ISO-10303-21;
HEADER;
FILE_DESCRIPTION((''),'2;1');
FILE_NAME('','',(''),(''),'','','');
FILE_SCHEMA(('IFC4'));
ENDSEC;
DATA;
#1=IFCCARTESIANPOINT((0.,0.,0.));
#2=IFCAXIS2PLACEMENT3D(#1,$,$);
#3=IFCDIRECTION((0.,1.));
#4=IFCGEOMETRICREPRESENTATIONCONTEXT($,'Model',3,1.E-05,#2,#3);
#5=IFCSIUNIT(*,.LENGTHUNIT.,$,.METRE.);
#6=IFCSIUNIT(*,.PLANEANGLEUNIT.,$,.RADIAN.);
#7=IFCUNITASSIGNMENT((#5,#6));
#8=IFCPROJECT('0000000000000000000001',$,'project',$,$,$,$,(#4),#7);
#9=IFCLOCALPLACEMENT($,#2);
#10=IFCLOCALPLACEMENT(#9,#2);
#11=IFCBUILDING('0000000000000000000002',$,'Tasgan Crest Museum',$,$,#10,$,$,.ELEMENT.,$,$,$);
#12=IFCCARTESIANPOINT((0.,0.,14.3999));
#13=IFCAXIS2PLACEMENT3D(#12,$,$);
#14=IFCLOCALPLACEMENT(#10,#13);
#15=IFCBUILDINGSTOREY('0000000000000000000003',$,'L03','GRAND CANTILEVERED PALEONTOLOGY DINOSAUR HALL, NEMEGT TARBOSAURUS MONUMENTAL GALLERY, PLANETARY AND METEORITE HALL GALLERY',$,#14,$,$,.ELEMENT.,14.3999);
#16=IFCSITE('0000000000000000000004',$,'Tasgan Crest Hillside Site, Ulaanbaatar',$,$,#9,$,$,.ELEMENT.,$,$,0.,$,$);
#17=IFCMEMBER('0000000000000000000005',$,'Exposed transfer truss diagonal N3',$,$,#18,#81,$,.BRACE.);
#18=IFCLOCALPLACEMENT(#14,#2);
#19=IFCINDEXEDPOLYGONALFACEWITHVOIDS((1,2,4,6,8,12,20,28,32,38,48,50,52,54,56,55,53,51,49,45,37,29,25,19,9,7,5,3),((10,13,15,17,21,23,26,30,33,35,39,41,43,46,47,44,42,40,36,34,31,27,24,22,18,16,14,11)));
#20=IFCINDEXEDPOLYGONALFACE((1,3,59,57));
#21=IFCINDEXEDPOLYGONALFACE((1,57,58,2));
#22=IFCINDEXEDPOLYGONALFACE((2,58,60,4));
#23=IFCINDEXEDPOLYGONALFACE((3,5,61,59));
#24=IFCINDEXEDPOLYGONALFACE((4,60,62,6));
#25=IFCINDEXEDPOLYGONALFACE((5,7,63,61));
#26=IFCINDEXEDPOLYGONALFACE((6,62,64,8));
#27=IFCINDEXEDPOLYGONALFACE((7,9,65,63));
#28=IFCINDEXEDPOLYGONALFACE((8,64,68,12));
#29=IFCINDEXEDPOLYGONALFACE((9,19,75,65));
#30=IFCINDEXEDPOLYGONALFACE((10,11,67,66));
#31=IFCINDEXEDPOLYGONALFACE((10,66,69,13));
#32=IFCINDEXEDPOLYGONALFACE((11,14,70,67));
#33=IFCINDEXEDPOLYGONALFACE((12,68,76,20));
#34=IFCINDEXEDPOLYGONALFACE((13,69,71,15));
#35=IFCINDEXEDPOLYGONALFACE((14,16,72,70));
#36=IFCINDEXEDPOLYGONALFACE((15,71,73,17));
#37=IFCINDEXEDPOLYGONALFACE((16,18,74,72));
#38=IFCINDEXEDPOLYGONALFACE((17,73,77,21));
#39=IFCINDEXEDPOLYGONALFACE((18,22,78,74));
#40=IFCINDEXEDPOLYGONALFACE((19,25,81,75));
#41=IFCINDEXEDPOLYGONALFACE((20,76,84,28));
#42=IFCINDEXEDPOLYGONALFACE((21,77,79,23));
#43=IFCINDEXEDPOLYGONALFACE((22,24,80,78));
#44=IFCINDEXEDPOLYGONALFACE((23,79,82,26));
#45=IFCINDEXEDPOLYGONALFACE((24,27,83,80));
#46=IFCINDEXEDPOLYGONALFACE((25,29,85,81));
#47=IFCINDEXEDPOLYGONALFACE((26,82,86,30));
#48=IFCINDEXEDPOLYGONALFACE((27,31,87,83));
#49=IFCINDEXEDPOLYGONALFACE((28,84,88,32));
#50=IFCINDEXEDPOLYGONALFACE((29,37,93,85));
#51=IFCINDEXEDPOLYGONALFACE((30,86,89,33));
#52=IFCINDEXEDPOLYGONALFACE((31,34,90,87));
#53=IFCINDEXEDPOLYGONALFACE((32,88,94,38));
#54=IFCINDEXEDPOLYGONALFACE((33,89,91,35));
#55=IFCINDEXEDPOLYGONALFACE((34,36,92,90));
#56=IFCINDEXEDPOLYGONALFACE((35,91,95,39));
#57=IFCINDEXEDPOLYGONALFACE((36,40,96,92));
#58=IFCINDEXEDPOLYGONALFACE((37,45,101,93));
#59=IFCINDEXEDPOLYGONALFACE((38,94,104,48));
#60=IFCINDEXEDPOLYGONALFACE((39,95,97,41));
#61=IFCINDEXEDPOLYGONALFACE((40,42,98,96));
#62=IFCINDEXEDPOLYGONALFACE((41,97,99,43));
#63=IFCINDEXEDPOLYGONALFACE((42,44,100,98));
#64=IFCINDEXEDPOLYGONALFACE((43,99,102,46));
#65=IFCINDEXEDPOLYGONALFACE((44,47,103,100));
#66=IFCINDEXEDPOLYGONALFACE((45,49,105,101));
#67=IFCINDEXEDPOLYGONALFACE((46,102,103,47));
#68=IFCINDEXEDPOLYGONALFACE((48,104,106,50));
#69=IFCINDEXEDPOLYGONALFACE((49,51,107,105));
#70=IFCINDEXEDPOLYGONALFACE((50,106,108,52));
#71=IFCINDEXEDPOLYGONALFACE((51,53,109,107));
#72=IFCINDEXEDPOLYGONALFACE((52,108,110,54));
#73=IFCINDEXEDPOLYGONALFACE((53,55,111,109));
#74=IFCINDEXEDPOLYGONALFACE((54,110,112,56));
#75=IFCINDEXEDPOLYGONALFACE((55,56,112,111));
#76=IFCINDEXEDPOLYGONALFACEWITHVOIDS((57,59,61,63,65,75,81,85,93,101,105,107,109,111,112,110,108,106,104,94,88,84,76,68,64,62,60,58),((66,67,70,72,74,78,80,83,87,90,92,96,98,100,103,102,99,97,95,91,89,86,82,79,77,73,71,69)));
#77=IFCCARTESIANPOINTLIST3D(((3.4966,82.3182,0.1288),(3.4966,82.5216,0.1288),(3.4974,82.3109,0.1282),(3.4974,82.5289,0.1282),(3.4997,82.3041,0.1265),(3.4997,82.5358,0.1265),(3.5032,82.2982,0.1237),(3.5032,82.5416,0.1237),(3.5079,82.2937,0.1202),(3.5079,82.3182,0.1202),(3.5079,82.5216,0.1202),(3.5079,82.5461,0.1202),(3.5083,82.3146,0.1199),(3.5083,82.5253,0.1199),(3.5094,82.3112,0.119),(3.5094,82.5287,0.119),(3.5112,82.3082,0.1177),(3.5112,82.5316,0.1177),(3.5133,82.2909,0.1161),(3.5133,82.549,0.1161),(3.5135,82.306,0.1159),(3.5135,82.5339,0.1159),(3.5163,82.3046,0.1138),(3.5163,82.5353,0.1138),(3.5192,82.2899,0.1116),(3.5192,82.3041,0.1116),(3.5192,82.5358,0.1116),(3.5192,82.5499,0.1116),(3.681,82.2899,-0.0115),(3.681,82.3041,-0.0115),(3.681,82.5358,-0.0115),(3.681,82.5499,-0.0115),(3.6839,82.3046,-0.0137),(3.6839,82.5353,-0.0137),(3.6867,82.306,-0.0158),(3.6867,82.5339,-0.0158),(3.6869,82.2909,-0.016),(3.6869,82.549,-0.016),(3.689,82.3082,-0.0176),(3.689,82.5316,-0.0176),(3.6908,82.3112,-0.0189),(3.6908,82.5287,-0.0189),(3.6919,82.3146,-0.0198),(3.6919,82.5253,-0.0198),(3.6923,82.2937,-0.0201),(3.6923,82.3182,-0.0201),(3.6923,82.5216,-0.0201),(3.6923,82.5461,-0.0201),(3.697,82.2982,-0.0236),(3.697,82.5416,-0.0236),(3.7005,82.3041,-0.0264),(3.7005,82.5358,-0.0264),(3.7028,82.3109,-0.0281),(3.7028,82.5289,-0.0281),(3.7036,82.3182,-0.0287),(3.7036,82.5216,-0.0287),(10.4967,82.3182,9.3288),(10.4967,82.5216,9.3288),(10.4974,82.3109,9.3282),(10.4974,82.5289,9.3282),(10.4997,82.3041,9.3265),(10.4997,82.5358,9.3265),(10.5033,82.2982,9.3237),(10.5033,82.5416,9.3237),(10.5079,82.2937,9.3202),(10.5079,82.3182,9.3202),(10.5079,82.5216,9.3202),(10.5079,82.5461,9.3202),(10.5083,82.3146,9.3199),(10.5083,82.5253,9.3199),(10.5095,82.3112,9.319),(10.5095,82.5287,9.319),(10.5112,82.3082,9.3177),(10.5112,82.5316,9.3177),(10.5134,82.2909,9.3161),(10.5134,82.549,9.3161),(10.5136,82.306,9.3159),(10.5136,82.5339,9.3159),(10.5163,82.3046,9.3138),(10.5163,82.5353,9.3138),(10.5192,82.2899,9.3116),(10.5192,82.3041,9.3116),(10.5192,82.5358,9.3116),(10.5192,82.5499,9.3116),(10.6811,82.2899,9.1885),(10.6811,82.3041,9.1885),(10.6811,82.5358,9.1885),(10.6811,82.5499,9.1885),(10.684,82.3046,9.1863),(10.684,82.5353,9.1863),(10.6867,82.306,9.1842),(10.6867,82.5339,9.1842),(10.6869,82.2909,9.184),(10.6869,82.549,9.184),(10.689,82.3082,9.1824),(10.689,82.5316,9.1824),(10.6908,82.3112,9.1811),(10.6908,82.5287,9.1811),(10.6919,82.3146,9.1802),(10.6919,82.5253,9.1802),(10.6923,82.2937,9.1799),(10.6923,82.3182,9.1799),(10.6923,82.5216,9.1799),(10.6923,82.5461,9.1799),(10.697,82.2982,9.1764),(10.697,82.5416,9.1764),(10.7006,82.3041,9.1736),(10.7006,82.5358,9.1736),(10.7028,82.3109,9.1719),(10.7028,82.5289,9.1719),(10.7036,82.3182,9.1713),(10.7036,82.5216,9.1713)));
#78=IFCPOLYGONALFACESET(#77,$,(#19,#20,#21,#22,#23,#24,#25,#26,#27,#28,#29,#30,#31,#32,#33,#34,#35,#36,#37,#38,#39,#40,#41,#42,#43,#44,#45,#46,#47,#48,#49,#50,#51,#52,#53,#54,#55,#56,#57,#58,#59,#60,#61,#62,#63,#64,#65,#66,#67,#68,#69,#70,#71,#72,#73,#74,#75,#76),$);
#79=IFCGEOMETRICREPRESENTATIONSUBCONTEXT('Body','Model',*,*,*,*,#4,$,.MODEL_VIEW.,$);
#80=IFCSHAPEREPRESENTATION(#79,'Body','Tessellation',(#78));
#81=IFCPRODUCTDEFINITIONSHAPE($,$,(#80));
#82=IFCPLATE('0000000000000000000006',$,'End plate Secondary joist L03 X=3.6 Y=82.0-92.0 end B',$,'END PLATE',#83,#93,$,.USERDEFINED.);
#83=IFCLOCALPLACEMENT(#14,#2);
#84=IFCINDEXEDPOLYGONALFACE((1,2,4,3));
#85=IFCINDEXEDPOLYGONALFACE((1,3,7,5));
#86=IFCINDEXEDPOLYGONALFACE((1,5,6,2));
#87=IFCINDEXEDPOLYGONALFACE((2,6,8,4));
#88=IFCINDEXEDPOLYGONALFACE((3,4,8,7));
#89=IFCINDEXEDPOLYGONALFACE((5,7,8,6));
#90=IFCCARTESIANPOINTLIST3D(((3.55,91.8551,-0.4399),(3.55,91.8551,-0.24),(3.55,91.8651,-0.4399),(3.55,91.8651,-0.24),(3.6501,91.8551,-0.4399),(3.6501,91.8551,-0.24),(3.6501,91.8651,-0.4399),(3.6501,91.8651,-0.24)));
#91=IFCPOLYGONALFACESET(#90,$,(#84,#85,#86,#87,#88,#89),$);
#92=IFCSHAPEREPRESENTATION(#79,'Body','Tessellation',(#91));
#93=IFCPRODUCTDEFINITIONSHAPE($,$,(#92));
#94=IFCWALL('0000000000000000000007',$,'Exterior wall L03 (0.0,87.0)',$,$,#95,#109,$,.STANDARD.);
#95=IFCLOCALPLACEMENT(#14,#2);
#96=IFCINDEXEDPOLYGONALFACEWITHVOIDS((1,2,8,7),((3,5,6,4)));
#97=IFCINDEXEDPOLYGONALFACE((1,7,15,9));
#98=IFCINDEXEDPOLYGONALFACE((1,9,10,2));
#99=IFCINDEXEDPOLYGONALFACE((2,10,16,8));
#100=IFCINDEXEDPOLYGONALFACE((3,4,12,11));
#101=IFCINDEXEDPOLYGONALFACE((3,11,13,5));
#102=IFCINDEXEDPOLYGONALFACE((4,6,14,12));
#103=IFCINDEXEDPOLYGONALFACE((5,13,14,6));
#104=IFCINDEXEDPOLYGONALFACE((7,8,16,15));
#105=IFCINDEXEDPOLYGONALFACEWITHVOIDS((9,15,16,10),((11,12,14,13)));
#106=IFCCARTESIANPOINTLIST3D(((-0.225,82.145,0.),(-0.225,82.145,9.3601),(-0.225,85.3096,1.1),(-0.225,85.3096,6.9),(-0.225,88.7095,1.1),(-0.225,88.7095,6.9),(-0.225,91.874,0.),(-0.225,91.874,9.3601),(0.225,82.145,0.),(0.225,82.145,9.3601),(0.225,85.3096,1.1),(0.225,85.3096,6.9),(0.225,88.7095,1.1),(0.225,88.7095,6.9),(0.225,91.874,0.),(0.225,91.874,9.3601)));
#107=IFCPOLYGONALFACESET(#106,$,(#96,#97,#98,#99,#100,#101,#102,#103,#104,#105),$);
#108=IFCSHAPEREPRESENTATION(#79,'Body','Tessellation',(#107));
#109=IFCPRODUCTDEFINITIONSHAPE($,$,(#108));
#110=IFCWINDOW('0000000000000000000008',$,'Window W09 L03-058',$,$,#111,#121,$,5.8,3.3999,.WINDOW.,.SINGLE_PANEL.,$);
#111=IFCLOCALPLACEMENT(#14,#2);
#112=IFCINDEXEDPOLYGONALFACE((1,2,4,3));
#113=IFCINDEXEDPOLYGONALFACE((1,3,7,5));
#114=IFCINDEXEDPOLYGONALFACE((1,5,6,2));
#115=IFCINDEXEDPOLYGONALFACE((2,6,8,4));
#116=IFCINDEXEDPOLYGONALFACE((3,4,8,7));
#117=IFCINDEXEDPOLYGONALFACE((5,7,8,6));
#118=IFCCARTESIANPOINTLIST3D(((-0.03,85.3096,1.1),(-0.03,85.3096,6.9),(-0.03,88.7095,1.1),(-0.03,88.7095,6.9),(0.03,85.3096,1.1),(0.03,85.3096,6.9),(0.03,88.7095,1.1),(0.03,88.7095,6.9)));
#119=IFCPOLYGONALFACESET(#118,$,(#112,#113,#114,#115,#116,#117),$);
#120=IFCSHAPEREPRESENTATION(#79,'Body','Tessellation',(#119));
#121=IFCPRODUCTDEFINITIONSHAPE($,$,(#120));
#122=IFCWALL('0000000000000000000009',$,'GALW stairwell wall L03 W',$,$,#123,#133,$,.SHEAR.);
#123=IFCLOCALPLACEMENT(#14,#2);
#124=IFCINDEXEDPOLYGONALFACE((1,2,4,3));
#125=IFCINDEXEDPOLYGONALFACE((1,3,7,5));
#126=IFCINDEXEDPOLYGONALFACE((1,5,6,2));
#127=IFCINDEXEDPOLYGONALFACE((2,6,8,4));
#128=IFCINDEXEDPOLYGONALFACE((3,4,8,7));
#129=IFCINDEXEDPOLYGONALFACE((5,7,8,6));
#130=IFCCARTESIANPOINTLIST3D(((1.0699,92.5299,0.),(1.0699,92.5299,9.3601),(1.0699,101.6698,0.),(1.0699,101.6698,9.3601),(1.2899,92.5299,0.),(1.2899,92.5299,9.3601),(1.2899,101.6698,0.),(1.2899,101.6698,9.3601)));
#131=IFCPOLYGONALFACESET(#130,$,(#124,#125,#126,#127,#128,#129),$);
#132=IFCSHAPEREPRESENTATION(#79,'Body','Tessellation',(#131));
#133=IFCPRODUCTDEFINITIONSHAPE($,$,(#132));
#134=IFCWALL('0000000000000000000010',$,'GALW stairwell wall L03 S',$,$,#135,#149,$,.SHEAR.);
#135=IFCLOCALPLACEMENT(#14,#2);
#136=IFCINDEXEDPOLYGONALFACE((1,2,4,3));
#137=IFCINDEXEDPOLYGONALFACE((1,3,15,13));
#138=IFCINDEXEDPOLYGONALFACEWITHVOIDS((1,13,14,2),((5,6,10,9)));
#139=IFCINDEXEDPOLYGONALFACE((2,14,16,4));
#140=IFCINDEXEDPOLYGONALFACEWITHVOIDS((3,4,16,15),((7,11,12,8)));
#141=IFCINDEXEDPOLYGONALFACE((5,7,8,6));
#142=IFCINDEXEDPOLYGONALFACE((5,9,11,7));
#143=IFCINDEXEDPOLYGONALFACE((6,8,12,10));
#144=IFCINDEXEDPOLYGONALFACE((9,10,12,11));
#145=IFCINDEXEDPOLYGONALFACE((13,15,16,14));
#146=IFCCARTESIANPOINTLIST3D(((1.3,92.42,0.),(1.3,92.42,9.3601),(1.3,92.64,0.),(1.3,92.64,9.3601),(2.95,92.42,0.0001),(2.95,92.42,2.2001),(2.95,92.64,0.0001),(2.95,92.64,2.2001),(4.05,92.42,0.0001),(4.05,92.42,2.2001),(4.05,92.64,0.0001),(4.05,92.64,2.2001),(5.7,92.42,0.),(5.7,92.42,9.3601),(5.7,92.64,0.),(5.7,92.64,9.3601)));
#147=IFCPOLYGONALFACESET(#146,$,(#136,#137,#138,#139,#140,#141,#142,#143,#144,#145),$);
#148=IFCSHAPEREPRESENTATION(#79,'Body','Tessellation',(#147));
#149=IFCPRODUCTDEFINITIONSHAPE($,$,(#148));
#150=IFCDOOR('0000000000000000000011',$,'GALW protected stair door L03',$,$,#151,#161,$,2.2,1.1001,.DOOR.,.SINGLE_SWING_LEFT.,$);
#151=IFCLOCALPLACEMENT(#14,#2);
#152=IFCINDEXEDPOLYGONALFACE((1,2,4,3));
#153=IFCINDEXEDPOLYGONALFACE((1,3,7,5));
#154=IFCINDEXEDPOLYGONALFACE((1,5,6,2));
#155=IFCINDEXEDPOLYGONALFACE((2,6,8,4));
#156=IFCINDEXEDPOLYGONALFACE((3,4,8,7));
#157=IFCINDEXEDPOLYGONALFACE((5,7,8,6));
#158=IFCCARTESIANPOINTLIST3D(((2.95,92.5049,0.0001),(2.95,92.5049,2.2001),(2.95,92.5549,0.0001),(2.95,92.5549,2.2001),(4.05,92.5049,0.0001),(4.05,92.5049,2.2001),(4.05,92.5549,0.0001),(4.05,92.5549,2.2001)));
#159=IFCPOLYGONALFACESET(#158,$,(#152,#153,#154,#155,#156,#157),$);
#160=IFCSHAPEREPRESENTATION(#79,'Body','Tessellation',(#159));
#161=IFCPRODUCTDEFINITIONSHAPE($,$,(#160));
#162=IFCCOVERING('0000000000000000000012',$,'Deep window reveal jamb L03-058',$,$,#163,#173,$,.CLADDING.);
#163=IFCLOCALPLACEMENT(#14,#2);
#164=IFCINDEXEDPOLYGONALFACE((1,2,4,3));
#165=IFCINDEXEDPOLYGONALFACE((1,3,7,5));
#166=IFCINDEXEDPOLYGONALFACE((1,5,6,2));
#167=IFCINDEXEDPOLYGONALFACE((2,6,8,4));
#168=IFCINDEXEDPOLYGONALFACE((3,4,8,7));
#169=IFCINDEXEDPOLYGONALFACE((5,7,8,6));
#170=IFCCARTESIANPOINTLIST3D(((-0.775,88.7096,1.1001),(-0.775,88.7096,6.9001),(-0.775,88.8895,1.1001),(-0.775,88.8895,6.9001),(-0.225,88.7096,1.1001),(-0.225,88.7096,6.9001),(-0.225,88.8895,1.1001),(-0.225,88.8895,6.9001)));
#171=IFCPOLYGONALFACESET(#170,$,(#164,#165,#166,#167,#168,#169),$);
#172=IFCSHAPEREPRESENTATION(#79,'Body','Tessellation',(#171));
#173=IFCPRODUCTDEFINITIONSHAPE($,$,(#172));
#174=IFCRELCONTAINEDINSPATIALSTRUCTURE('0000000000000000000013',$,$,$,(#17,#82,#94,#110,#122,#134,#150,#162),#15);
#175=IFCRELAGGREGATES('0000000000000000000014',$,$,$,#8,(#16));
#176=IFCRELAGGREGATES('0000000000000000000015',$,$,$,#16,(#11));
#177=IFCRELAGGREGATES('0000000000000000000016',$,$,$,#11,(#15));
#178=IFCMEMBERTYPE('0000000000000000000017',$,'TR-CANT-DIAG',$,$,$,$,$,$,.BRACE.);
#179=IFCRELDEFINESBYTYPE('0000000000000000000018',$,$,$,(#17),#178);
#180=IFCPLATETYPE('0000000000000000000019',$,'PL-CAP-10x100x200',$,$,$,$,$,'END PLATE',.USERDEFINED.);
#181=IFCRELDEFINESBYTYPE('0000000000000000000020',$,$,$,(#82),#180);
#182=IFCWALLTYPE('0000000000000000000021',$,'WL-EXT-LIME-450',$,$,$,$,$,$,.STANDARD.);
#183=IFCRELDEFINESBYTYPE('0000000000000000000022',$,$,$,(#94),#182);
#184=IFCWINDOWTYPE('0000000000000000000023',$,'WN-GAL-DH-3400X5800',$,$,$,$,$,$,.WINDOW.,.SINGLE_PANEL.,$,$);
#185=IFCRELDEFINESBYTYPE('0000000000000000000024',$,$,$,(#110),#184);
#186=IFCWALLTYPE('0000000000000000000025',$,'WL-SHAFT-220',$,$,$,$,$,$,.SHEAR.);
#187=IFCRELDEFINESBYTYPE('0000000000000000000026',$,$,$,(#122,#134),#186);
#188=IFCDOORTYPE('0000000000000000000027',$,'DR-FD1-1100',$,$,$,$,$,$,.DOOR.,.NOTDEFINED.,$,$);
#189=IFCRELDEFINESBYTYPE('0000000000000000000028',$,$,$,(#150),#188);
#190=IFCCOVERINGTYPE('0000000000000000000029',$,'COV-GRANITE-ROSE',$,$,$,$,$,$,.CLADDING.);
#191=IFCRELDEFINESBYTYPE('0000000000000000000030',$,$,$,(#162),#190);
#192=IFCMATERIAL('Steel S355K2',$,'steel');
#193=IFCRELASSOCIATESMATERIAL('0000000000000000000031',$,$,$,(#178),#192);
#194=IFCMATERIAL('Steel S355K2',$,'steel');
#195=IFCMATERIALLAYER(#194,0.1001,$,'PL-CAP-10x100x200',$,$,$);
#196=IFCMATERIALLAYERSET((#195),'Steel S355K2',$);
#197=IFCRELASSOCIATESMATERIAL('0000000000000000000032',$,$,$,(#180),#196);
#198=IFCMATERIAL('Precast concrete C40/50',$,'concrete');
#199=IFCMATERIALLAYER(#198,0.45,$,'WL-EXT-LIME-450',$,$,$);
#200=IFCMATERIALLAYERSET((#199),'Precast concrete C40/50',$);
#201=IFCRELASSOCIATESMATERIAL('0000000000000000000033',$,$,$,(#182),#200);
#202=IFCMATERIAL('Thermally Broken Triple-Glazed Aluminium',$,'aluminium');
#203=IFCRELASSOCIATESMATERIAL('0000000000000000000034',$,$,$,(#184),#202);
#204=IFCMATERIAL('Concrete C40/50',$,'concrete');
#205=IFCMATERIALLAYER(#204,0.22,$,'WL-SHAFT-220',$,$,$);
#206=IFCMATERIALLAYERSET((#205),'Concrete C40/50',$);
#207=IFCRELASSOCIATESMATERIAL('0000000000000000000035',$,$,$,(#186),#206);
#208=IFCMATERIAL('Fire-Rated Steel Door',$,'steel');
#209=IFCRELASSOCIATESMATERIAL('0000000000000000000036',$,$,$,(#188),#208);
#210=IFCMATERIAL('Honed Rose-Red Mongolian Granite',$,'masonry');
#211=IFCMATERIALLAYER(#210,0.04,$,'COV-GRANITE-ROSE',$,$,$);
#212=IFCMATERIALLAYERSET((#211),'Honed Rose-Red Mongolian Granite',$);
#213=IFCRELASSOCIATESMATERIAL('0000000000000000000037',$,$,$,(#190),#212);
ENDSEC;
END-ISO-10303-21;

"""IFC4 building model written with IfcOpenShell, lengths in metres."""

from ifc_helpers import new_model, si_unit, direction, frame, frame_2d, origin, origin_2d, place, context, subcontext, project, spatial, rectangle, hollow_rectangle, extrude, material, layer, layer_set, material_profile, profile_set, type_object, element, fill, save


model = new_model("IFC4")

# Units and contexts
model_context = context("Model", 3, precision=1e-05, world=origin(), true_north=direction((0.0, 1.0)))
body_context = subcontext(model_context, "Body", "Model", "MODEL_VIEW")
ifc_project = project(units=[si_unit("LENGTHUNIT", "METRE"), si_unit("PLANEANGLEUNIT", "RADIAN")], contexts=[model_context])

# Site, building, storey
site_placement = place(None, origin())
site = spatial("IfcSite", under=ifc_project, at=site_placement, Name="Tasgan Crest Hillside Site, Ulaanbaatar", CompositionType="ELEMENT", RefElevation=0.0)
building_placement = place(site_placement, origin())
building = spatial("IfcBuilding", under=site, at=building_placement, Name="Tasgan Crest Museum", CompositionType="ELEMENT")
storey_placement = place(building_placement, frame((0.0, 0.0, 14.3999)))
storey = spatial("IfcBuildingStorey", under=building, at=storey_placement, Name="L03", Description="GRAND CANTILEVERED PALEONTOLOGY DINOSAUR HALL, NEMEGT TARBOSAURUS MONUMENTAL GALLERY, PLANETARY AND METEORITE HALL GALLERY", CompositionType="ELEMENT", Elevation=14.3999)

# Member
ifc_material_1 = material(Name="Steel S355K2", Category="steel")
ifc_material_profile_1 = material_profile(ifc_material_1, hollow_rectangle(XDim=0.26, YDim=0.26, WallThickness=0.0142, InnerFilletRadius=0.0142, OuterFilletRadius=0.0283, at=origin_2d()), Name="SHS 260x260x14.2")
ifc_profile_set_1 = profile_set([ifc_material_profile_1], Name="Steel S355K2")
member_type = type_object("IfcMemberType", Name="TR-CANT-DIAG", PredefinedType="BRACE", material=ifc_profile_set_1)
member_placement = place(storey_placement, frame((3.6001, 82.4199, 0.05), z_axis=(0.605524, 0.0, 0.795827), x_axis=(0.0, 1.0, 0.0)))
element("IfcMember", 1, at=member_placement, inside=storey, type_object=member_type, Name="Exposed transfer truss diagonal N3", PredefinedType="BRACE", context=body_context, shape_type="SweptSolid", body=[
    extrude(hollow_rectangle(XDim=0.26, YDim=0.26, WallThickness=0.0142, InnerFilletRadius=0.0142, OuterFilletRadius=0.0283, at=origin_2d()), origin(), (0.0, 0.0, 1.0), 11.5603),
])

# Plate
ifc_material_2 = material(Name="Steel S355K2", Category="steel")
ifc_layer_1 = layer(ifc_material_2, 0.1001, Name="PL-CAP-10x100x200")
ifc_layer_set_1 = layer_set([ifc_layer_1], Name="Steel S355K2")
plate_type = type_object("IfcPlateType", Name="PL-CAP-10x100x200", ElementType="END PLATE", PredefinedType="USERDEFINED", material=ifc_layer_set_1)
plate_placement = place(storey_placement, frame((3.6001, 91.8601, -0.4399), z_axis=(0.0, 0.0, 1.0), x_axis=(0.0, 1.0, 0.0)))
element("IfcPlate", 2, at=plate_placement, inside=storey, type_object=plate_type, Name="End plate Secondary joist L03 X=3.6 Y=82.0-92.0 end B", ObjectType="END PLATE", PredefinedType="USERDEFINED", context=body_context, shape_type="SweptSolid", body=[
    extrude(rectangle(XDim=0.01, YDim=0.1001, at=origin_2d()), origin(), (0.0, 0.0, 1.0), 0.2),
])

# Wall, opening, window
ifc_material_3 = material(Name="Precast concrete C40/50", Category="concrete")
ifc_layer_2 = layer(ifc_material_3, 0.45, Name="WL-EXT-LIME-450")
ifc_layer_set_2 = layer_set([ifc_layer_2], Name="Precast concrete C40/50")
wall_type_1 = type_object("IfcWallType", Name="WL-EXT-LIME-450", PredefinedType="STANDARD", material=ifc_layer_set_2)
wall_1_placement = place(storey_placement, frame((0.0, 91.874, 0.0), z_axis=(0.0, 0.0, 1.0), x_axis=(0.0, -1.0, 0.0)))
wall_1 = element("IfcWall", 3, at=wall_1_placement, inside=storey, type_object=wall_type_1, Name="Exterior wall L03 (0.0,87.0)", PredefinedType="STANDARD", context=body_context, shape_type="SweptSolid", body=[
    extrude(rectangle(XDim=9.729, YDim=0.45, at=frame_2d((4.8645, 0.0))), origin(), (0.0, 0.0, 1.0), 9.3601),
])
opening_1_placement = place(wall_1_placement, frame((3.1646, 0.0, 1.1001)))
opening_1 = element("IfcOpeningElement", 4, at=opening_1_placement, cuts=wall_1, PredefinedType="OPENING", context=body_context, shape_type="SweptSolid", body=[
    extrude(rectangle(XDim=3.3999, YDim=5.8, at=frame_2d((1.7, 2.8999))), frame((0.0, 0.2349, 0.0), z_axis=(0.0, -1.0, 0.0), x_axis=(1.0, 0.0, 0.0)), (0.0, 0.0, 1.0), 0.47),
])
ifc_material_4 = material(Name="Thermally Broken Triple-Glazed Aluminium", Category="aluminium")
window_type = type_object("IfcWindowType", Name="WN-GAL-DH-3400X5800", PartitioningType="SINGLE_PANEL", PredefinedType="WINDOW", material=ifc_material_4)
window_placement = place(opening_1_placement, origin())
window = element("IfcWindow", 5, at=window_placement, inside=storey, type_object=window_type, Name="Window W09 L03-058", OverallHeight=5.8, OverallWidth=3.3999, PartitioningType="SINGLE_PANEL", PredefinedType="WINDOW", context=body_context, shape_type="SweptSolid", body=[
    extrude(rectangle(XDim=3.3999, YDim=5.8, at=frame_2d((1.7, 2.8999))), frame((0.0, 0.03, 0.0), z_axis=(0.0, -1.0, 0.0), x_axis=(1.0, 0.0, 0.0)), (0.0, 0.0, 1.0), 0.0601),
])
fill(opening_1, window)

# Wall
ifc_material_5 = material(Name="Concrete C40/50", Category="concrete")
ifc_layer_3 = layer(ifc_material_5, 0.22, Name="WL-SHAFT-220")
ifc_layer_set_3 = layer_set([ifc_layer_3], Name="Concrete C40/50")
wall_type_2 = type_object("IfcWallType", Name="WL-SHAFT-220", PredefinedType="SHEAR", material=ifc_layer_set_3)
wall_2_placement = place(storey_placement, frame((1.1799, 92.53, 0.0), z_axis=(0.0, 0.0, 1.0), x_axis=(0.0, 1.0, 0.0)))
element("IfcWall", 6, at=wall_2_placement, inside=storey, type_object=wall_type_2, Name="GALW stairwell wall L03 W", PredefinedType="SHEAR", context=body_context, shape_type="SweptSolid", body=[
    extrude(rectangle(XDim=9.1399, YDim=0.22, at=frame_2d((4.5698, 0.0))), origin(), (0.0, 0.0, 1.0), 9.3601),
])

# Wall, opening, door
wall_3_placement = place(storey_placement, frame((1.3, 92.53, 0.0), z_axis=(0.0, 0.0, 1.0), x_axis=(1.0, 0.0, 0.0)))
wall_3 = element("IfcWall", 7, at=wall_3_placement, inside=storey, type_object=wall_type_2, Name="GALW stairwell wall L03 S", PredefinedType="SHEAR", context=body_context, shape_type="SweptSolid", body=[
    extrude(rectangle(XDim=4.3999, YDim=0.22, at=frame_2d((2.2, 0.0))), origin(), (0.0, 0.0, 1.0), 9.3601),
])
opening_2_placement = place(wall_3_placement, frame((1.6499, 0.0, 0.0)))
opening_2 = element("IfcOpeningElement", 8, at=opening_2_placement, cuts=wall_3, PredefinedType="OPENING", context=body_context, shape_type="SweptSolid", body=[
    extrude(rectangle(XDim=1.1001, YDim=2.2, at=frame_2d((0.55, 1.1001))), frame((0.0, 0.1199, 0.0), z_axis=(0.0, -1.0, 0.0), x_axis=(1.0, 0.0, 0.0)), (0.0, 0.0, 1.0), 0.24),
])
ifc_material_6 = material(Name="Fire-Rated Steel Door", Category="steel")
door_type = type_object("IfcDoorType", Name="DR-FD1-1100", OperationType="NOTDEFINED", PredefinedType="DOOR", material=ifc_material_6)
door_placement = place(opening_2_placement, origin())
door = element("IfcDoor", 9, at=door_placement, inside=storey, type_object=door_type, Name="GALW protected stair door L03", OperationType="SINGLE_SWING_LEFT", OverallHeight=2.2, OverallWidth=1.1001, PredefinedType="DOOR", context=body_context, shape_type="SweptSolid", body=[
    extrude(rectangle(XDim=1.1001, YDim=2.2, at=frame_2d((0.55, 1.1001))), frame((0.0, 0.0249, 0.0), z_axis=(0.0, -1.0, 0.0), x_axis=(1.0, 0.0, 0.0)), (0.0, 0.0, 1.0), 0.05),
])
fill(opening_2, door)

# Covering
ifc_material_7 = material(Name="Honed Rose-Red Mongolian Granite", Category="masonry")
ifc_layer_4 = layer(ifc_material_7, 0.04, Name="COV-GRANITE-ROSE")
ifc_layer_set_4 = layer_set([ifc_layer_4], Name="Honed Rose-Red Mongolian Granite")
covering_type_1 = type_object("IfcCoveringType", Name="COV-GRANITE-ROSE", PredefinedType="CLADDING", material=ifc_layer_set_4)
for number, where, z_axis, x_axis, name in (
    (10, (-0.5, 88.7996, 1.1001), (0.0, 0.0, 1.0), (0.0, -1.0, 0.0), "Deep window reveal jamb L03-058"),
):
    element("IfcCovering", number, at=place(storey_placement, frame(where, z_axis=z_axis, x_axis=x_axis)), inside=storey, type_object=covering_type_1, Name=name, PredefinedType="CLADDING", context=body_context, shape_type="SweptSolid", body=[
        extrude(rectangle(XDim=0.1799, YDim=0.55, at=origin_2d()), origin(), (0.0, 0.0, 1.0), 5.8),
    ])

save(model, "model.ifc")
